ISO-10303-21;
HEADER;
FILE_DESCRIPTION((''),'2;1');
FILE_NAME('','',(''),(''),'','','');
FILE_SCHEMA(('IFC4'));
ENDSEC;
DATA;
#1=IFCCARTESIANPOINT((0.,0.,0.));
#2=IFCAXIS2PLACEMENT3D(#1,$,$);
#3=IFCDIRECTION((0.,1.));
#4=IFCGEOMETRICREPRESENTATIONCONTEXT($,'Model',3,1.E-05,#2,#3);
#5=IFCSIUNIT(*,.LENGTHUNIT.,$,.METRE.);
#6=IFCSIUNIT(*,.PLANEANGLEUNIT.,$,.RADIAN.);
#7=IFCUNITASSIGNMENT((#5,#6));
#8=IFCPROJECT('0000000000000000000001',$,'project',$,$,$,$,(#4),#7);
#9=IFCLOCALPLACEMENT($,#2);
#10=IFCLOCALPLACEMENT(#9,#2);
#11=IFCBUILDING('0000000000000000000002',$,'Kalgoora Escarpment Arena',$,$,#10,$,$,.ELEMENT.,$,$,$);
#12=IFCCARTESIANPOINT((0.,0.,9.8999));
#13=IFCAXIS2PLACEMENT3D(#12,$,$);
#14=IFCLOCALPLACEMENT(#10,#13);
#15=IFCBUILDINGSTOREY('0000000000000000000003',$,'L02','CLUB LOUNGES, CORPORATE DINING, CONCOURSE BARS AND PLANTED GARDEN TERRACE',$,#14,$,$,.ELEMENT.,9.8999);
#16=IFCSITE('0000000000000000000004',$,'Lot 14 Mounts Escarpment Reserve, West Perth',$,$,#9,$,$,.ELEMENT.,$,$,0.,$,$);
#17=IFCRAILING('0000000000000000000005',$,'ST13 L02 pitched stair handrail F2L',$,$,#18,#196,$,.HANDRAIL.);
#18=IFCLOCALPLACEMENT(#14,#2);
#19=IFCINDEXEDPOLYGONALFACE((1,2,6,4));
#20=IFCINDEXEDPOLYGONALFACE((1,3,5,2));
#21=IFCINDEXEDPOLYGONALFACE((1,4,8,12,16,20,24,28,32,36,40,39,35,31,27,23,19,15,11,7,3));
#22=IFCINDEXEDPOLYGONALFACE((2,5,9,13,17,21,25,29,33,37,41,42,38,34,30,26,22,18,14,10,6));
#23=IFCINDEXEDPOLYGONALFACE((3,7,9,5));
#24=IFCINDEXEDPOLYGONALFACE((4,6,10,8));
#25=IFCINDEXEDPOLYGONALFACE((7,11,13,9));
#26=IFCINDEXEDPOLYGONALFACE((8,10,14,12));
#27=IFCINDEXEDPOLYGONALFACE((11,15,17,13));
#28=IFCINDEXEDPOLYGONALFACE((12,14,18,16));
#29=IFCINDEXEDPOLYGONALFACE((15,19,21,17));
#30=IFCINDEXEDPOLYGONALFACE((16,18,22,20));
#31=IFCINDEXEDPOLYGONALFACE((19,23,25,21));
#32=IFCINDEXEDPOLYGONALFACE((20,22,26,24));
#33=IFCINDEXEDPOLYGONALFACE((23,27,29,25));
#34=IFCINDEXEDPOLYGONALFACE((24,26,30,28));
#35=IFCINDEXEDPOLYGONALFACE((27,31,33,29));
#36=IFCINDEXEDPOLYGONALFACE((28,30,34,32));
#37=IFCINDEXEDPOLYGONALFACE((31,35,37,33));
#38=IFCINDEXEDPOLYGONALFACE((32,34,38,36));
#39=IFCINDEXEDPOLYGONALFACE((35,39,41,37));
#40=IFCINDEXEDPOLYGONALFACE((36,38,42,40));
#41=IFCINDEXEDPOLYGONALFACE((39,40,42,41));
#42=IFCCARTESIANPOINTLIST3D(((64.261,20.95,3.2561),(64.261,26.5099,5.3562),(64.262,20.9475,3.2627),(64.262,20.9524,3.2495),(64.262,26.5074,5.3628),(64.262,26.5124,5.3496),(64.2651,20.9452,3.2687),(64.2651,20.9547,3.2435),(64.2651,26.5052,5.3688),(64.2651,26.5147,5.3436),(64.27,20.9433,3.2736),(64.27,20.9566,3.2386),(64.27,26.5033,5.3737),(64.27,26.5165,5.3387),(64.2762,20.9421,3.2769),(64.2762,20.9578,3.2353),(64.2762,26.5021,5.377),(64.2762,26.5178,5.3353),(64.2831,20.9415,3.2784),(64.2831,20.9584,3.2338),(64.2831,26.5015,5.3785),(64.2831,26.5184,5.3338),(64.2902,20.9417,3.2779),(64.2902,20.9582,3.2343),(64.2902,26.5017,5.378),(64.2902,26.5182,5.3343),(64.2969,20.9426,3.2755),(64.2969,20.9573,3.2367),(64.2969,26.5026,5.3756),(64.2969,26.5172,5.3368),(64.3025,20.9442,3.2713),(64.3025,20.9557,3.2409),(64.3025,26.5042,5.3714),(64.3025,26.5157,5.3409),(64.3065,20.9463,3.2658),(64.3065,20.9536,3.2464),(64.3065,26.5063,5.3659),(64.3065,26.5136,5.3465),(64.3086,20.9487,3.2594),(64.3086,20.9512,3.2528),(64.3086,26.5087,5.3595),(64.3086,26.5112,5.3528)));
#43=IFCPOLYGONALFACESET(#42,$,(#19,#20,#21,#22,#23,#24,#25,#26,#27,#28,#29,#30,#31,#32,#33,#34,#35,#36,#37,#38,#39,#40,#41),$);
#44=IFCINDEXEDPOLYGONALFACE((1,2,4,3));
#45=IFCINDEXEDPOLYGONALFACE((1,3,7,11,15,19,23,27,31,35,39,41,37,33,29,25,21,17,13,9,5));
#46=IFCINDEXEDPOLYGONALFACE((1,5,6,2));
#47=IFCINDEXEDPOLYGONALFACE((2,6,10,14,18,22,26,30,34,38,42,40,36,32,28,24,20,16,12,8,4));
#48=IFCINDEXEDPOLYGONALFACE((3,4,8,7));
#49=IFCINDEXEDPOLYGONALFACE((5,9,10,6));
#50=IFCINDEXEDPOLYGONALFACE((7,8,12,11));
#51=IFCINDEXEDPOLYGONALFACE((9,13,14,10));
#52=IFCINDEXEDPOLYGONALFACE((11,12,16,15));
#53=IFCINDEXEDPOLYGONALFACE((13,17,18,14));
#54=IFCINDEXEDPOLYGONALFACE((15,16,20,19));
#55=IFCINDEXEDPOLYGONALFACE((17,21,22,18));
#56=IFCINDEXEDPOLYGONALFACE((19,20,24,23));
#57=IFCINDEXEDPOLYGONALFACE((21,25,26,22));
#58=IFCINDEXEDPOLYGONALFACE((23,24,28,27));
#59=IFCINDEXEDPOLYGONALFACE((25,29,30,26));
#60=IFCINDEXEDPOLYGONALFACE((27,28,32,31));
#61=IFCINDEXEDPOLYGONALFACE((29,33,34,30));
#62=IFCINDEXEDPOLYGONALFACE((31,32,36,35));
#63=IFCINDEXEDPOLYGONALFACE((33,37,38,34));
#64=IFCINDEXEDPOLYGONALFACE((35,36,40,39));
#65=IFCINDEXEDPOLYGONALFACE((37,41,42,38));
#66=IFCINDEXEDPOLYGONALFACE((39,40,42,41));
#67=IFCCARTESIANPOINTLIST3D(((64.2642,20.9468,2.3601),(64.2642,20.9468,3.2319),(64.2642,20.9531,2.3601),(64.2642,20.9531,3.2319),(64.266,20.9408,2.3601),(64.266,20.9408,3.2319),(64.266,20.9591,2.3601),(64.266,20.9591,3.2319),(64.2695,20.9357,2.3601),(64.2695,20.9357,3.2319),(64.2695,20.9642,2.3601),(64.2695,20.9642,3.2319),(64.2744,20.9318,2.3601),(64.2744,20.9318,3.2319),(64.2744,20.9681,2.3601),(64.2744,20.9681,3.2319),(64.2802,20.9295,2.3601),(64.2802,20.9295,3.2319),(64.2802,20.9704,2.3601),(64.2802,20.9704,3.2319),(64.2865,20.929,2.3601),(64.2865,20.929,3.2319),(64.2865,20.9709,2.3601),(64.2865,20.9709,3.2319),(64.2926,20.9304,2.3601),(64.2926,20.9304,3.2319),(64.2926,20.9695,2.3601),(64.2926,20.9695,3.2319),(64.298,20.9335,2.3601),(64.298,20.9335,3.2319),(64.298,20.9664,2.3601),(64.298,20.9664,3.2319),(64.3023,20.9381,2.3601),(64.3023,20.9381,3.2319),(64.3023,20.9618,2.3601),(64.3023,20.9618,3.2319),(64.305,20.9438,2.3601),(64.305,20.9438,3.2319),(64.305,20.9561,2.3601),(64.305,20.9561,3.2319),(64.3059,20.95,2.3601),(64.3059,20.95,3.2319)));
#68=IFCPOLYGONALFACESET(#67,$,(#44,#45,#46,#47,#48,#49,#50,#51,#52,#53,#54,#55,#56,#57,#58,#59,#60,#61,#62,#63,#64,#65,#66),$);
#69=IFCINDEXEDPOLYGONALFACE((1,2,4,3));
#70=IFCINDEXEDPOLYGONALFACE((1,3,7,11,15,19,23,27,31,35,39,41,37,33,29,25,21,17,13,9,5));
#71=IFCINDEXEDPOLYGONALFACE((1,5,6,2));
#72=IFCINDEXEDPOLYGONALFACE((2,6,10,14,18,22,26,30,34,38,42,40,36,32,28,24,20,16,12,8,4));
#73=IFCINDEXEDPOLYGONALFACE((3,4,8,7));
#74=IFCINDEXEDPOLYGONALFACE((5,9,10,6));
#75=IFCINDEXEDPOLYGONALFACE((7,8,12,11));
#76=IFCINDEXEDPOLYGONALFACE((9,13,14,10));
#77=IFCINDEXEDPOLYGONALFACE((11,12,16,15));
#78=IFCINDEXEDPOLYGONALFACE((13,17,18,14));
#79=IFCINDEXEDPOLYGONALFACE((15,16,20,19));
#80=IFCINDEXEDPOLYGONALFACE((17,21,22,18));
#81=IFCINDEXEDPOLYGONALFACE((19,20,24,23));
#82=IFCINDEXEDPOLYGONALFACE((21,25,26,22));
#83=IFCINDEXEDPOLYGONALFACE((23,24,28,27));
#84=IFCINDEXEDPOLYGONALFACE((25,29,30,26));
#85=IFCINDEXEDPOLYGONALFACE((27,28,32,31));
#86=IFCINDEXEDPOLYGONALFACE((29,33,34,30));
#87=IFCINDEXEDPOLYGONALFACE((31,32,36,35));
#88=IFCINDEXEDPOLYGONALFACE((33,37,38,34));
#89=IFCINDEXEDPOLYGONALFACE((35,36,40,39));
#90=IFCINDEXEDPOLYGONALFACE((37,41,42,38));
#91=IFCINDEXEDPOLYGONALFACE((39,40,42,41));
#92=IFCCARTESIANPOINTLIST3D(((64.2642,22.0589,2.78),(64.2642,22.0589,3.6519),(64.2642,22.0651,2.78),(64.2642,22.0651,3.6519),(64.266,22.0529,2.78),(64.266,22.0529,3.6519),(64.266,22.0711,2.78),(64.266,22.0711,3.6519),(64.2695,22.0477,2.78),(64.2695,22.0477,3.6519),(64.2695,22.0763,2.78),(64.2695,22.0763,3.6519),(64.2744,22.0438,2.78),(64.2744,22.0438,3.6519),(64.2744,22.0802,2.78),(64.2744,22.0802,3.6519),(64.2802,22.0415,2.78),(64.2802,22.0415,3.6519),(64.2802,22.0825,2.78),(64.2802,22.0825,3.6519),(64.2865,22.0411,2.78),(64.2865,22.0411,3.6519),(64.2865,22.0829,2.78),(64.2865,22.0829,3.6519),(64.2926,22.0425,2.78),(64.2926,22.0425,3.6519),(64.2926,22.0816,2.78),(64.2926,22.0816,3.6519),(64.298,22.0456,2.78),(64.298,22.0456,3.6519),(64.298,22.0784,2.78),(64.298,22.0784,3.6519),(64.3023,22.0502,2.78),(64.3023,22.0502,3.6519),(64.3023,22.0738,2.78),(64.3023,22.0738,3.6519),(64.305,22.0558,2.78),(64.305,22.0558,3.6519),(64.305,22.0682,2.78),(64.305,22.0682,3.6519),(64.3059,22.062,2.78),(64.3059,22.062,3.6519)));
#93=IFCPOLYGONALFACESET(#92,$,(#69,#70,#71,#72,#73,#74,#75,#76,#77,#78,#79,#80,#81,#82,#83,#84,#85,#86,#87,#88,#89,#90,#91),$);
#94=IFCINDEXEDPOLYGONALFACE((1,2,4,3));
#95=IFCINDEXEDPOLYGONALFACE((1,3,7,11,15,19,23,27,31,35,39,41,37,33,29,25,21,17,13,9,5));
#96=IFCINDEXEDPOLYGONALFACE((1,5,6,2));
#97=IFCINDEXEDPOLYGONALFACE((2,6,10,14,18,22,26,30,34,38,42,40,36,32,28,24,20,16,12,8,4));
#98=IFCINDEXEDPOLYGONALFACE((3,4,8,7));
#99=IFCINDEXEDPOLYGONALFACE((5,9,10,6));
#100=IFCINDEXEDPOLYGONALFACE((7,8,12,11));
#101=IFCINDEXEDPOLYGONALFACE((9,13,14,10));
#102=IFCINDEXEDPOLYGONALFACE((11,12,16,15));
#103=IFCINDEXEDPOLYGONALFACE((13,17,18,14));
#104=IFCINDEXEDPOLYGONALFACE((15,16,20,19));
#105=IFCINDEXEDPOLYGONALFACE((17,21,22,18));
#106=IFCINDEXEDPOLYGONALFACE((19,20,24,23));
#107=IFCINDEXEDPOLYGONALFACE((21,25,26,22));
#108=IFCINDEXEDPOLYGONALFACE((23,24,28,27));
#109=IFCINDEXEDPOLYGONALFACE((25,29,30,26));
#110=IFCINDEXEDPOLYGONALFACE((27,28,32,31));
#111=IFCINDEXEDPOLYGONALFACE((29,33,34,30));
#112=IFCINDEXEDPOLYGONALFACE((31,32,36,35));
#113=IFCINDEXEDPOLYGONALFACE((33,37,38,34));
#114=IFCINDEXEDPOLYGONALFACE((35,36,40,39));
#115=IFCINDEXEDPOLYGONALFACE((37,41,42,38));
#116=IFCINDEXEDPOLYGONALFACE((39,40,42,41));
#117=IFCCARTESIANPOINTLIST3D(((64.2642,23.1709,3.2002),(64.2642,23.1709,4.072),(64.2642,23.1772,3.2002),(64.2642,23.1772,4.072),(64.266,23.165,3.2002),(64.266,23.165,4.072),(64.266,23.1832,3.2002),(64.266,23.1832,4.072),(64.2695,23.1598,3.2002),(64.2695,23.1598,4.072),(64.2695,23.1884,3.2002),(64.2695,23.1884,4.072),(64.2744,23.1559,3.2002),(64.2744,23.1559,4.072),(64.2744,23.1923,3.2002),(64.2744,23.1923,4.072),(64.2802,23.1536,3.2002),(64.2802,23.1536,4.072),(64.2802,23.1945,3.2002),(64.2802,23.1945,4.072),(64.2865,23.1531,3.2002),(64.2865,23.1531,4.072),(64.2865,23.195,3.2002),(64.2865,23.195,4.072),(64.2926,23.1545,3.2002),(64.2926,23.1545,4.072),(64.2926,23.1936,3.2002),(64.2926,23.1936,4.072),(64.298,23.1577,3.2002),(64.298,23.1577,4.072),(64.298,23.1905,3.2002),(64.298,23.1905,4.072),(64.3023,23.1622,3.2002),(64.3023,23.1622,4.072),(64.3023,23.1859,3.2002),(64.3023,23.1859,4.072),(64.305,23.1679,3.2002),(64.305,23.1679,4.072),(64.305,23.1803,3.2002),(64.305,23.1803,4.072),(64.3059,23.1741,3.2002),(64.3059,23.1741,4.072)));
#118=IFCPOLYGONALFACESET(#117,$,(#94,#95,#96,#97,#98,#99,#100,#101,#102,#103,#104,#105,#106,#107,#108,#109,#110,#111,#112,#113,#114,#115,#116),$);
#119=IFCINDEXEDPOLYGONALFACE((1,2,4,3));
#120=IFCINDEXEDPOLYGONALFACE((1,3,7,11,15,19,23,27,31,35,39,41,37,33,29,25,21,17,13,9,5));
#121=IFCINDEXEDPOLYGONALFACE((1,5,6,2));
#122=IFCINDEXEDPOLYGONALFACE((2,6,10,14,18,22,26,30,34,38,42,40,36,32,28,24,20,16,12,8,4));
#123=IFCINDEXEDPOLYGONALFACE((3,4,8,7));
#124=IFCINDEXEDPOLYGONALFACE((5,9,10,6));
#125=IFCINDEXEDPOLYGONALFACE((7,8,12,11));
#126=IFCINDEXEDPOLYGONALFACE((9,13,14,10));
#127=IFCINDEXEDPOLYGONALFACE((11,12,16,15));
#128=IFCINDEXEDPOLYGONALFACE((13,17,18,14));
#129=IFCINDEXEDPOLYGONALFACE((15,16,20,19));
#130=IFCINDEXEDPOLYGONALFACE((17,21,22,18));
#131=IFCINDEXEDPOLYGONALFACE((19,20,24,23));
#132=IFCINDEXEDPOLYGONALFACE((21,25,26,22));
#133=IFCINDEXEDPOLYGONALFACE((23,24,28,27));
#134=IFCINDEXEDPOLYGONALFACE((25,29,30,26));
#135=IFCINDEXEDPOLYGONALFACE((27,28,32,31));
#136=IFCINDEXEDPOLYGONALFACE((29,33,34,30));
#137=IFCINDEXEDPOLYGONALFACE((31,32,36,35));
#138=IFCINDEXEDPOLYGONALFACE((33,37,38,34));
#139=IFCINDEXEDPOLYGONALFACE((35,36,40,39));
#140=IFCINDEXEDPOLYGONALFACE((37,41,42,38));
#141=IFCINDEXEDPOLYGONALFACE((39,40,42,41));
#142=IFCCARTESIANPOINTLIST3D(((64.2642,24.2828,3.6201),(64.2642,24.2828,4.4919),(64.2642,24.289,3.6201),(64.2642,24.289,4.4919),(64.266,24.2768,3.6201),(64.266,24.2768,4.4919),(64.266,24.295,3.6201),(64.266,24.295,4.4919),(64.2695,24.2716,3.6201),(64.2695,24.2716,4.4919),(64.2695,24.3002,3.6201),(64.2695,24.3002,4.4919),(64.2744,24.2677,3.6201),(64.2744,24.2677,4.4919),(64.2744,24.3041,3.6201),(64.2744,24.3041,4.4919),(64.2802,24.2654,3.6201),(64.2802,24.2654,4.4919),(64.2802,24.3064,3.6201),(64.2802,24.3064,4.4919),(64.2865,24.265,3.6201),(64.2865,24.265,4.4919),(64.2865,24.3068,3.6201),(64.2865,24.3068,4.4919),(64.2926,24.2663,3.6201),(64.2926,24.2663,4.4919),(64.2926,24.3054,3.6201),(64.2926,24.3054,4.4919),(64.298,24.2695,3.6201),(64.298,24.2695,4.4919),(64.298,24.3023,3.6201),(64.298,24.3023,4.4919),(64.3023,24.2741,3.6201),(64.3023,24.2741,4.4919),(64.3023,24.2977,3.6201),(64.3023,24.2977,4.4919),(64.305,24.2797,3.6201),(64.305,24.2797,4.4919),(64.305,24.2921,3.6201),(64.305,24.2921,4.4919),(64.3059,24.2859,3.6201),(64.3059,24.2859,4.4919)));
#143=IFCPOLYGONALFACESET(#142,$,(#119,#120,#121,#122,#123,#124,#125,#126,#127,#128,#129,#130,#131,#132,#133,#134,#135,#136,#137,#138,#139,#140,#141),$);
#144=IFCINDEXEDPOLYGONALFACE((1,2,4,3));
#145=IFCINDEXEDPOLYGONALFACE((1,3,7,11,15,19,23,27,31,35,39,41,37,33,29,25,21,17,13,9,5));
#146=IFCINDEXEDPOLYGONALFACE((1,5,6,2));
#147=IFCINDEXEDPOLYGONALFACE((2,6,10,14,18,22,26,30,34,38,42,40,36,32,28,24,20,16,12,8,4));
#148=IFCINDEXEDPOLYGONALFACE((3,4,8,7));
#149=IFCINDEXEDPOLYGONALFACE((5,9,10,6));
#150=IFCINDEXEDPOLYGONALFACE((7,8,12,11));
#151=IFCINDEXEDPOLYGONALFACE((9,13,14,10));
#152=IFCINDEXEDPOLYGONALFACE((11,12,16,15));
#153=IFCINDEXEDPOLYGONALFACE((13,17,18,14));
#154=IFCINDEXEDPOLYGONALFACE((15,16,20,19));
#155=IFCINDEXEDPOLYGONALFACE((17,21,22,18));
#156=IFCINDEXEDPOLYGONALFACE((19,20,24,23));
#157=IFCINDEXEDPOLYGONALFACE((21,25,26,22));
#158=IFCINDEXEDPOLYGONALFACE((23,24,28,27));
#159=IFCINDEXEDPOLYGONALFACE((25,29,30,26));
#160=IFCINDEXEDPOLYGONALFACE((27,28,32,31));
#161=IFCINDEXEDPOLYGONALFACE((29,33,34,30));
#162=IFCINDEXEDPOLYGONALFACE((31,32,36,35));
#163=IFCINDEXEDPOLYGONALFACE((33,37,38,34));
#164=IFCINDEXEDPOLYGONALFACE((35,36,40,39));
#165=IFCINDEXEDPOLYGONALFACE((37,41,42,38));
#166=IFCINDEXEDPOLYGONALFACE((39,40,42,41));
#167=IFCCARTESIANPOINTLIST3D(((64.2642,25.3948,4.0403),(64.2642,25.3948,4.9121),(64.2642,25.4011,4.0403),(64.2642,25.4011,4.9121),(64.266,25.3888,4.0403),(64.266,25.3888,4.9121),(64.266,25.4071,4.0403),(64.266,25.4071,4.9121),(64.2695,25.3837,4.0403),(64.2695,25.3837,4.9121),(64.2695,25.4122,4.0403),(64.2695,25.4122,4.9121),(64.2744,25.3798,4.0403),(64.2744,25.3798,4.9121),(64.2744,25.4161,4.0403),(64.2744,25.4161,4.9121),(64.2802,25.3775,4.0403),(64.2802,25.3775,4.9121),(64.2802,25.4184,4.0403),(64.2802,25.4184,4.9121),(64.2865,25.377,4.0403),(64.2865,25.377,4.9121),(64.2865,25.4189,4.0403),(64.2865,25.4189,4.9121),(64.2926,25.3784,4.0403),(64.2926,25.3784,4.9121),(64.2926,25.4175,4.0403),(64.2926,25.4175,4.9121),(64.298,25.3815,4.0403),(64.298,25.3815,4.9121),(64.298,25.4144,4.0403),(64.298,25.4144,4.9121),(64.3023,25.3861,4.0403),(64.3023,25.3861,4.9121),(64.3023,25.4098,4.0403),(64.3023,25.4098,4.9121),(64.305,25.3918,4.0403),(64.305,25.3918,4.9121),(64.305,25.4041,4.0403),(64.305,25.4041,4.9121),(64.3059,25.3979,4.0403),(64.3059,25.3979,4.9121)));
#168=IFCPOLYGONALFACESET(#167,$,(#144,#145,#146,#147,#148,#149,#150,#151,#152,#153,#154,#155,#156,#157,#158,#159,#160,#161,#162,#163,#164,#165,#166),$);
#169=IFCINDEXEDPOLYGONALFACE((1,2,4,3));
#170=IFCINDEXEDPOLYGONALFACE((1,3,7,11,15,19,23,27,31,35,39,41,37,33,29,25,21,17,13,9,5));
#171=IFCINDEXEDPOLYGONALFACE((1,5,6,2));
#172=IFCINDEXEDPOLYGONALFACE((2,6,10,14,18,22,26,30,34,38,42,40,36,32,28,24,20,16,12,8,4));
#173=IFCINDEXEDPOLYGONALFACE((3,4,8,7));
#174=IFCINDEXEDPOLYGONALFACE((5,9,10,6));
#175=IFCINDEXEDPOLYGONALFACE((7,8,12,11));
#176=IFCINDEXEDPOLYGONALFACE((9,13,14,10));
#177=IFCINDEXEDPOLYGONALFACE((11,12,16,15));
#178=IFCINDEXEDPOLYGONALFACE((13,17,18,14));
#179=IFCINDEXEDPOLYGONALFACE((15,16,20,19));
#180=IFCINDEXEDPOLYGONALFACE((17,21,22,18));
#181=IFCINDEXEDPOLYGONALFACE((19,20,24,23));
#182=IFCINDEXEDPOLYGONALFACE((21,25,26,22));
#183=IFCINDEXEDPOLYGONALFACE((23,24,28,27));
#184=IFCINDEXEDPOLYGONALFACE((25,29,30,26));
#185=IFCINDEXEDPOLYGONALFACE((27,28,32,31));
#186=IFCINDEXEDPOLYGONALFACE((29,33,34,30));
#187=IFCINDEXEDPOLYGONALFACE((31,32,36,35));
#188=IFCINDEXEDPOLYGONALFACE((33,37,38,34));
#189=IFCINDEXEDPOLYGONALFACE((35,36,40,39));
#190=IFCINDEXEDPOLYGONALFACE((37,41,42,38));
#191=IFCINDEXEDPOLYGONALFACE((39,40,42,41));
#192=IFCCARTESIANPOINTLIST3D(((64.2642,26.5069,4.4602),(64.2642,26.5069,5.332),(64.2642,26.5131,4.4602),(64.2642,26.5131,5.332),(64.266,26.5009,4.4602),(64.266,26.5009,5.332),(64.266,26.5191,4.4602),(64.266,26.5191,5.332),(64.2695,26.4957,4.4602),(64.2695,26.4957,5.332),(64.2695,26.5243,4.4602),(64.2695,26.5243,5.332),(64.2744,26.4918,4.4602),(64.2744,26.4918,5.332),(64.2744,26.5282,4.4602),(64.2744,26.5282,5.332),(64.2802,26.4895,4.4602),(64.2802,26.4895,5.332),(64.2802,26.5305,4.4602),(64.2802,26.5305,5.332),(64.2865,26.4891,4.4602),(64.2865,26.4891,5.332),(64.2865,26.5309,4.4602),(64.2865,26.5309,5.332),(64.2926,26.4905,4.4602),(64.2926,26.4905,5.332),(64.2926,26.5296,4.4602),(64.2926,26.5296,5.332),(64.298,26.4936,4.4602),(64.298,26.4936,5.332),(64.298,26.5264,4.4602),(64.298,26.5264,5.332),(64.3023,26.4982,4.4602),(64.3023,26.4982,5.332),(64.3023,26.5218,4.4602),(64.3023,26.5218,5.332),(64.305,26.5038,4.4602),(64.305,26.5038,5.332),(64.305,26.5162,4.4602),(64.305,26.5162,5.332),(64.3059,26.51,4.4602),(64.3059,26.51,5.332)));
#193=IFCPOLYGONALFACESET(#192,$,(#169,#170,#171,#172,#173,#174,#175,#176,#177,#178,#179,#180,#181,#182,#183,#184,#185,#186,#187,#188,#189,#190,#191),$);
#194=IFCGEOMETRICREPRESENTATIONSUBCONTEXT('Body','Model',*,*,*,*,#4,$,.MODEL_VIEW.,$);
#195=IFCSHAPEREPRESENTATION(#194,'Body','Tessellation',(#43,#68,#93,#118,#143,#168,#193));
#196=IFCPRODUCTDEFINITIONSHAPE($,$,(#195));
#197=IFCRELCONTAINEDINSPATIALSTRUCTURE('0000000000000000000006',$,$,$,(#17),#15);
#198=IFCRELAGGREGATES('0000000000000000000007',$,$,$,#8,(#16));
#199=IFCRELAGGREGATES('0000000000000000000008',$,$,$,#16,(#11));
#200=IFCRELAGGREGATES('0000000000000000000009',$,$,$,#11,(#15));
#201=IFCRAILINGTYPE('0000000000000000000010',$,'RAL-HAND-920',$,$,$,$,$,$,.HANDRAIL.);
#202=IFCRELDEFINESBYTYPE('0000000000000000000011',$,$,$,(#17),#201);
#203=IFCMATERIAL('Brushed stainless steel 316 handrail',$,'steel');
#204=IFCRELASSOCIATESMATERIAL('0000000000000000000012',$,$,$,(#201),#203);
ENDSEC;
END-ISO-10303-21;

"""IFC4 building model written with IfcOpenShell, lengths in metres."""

from ifc_helpers import new_model, si_unit, direction, frame, origin, origin_2d, place, context, subcontext, project, spatial, circle, extrude, material, type_object, element, save


model = new_model("IFC4")

# Units and contexts
model_context = context("Model", 3, precision=1e-05, world=origin(), true_north=direction((0.0, 1.0)))
body_context = subcontext(model_context, "Body", "Model", "MODEL_VIEW")
ifc_project = project(units=[si_unit("LENGTHUNIT", "METRE"), si_unit("PLANEANGLEUNIT", "RADIAN")], contexts=[model_context])

# Site, building, storey
site_placement = place(None, origin())
site = spatial("IfcSite", under=ifc_project, at=site_placement, Name="Lot 14 Mounts Escarpment Reserve, West Perth", CompositionType="ELEMENT", RefElevation=0.0)
building_placement = place(site_placement, origin())
building = spatial("IfcBuilding", under=site, at=building_placement, Name="Kalgoora Escarpment Arena", CompositionType="ELEMENT")
storey_placement = place(building_placement, frame((0.0, 0.0, 9.8999)))
storey = spatial("IfcBuildingStorey", under=building, at=storey_placement, Name="L02", Description="CLUB LOUNGES, CORPORATE DINING, CONCOURSE BARS AND PLANTED GARDEN TERRACE", CompositionType="ELEMENT", Elevation=9.8999)

# Railing
ifc_material_1 = material(Name="Brushed stainless steel 316 handrail", Category="steel")
railing_type_1 = type_object("IfcRailingType", Name="RAL-HAND-920", PredefinedType="HANDRAIL", material=ifc_material_1)
for number, where, name in (
    (1, (64.2849, 20.95, 2.3601), "ST13 L02 pitched stair handrail F2L"),
):
    element("IfcRailing", number, at=place(storey_placement, frame(where)), inside=storey, type_object=railing_type_1, Name=name, PredefinedType="HANDRAIL", context=body_context, shape_type="SweptSolid", body=[
        extrude(circle(Radius=0.0239, at=origin_2d()), frame((0.0, 0.0, 0.896), z_axis=(0.0, 0.935493, 0.353346), x_axis=(-1.0, 0.0, 0.0)), (0.0, 0.0, 1.0), 5.9434),
        extrude(circle(Radius=0.021, at=origin_2d()), origin(), (0.0, 0.0, 1.0), 0.8718),
        extrude(circle(Radius=0.021, at=origin_2d()), frame((0.0, 1.1121, 0.4199)), (0.0, 0.0, 1.0), 0.8718),
        extrude(circle(Radius=0.021, at=origin_2d()), frame((0.0, 2.2241, 0.8401)), (0.0, 0.0, 1.0), 0.8718),
        extrude(circle(Radius=0.021, at=origin_2d()), frame((0.0, 3.3359, 1.26)), (0.0, 0.0, 1.0), 0.8718),
        extrude(circle(Radius=0.021, at=origin_2d()), frame((0.0, 4.448, 1.6802)), (0.0, 0.0, 1.0), 0.8718),
        extrude(circle(Radius=0.021, at=origin_2d()), frame((0.0, 5.5601, 2.1001)), (0.0, 0.0, 1.0), 0.8718),
    ])

save(model, "model.ifc")
